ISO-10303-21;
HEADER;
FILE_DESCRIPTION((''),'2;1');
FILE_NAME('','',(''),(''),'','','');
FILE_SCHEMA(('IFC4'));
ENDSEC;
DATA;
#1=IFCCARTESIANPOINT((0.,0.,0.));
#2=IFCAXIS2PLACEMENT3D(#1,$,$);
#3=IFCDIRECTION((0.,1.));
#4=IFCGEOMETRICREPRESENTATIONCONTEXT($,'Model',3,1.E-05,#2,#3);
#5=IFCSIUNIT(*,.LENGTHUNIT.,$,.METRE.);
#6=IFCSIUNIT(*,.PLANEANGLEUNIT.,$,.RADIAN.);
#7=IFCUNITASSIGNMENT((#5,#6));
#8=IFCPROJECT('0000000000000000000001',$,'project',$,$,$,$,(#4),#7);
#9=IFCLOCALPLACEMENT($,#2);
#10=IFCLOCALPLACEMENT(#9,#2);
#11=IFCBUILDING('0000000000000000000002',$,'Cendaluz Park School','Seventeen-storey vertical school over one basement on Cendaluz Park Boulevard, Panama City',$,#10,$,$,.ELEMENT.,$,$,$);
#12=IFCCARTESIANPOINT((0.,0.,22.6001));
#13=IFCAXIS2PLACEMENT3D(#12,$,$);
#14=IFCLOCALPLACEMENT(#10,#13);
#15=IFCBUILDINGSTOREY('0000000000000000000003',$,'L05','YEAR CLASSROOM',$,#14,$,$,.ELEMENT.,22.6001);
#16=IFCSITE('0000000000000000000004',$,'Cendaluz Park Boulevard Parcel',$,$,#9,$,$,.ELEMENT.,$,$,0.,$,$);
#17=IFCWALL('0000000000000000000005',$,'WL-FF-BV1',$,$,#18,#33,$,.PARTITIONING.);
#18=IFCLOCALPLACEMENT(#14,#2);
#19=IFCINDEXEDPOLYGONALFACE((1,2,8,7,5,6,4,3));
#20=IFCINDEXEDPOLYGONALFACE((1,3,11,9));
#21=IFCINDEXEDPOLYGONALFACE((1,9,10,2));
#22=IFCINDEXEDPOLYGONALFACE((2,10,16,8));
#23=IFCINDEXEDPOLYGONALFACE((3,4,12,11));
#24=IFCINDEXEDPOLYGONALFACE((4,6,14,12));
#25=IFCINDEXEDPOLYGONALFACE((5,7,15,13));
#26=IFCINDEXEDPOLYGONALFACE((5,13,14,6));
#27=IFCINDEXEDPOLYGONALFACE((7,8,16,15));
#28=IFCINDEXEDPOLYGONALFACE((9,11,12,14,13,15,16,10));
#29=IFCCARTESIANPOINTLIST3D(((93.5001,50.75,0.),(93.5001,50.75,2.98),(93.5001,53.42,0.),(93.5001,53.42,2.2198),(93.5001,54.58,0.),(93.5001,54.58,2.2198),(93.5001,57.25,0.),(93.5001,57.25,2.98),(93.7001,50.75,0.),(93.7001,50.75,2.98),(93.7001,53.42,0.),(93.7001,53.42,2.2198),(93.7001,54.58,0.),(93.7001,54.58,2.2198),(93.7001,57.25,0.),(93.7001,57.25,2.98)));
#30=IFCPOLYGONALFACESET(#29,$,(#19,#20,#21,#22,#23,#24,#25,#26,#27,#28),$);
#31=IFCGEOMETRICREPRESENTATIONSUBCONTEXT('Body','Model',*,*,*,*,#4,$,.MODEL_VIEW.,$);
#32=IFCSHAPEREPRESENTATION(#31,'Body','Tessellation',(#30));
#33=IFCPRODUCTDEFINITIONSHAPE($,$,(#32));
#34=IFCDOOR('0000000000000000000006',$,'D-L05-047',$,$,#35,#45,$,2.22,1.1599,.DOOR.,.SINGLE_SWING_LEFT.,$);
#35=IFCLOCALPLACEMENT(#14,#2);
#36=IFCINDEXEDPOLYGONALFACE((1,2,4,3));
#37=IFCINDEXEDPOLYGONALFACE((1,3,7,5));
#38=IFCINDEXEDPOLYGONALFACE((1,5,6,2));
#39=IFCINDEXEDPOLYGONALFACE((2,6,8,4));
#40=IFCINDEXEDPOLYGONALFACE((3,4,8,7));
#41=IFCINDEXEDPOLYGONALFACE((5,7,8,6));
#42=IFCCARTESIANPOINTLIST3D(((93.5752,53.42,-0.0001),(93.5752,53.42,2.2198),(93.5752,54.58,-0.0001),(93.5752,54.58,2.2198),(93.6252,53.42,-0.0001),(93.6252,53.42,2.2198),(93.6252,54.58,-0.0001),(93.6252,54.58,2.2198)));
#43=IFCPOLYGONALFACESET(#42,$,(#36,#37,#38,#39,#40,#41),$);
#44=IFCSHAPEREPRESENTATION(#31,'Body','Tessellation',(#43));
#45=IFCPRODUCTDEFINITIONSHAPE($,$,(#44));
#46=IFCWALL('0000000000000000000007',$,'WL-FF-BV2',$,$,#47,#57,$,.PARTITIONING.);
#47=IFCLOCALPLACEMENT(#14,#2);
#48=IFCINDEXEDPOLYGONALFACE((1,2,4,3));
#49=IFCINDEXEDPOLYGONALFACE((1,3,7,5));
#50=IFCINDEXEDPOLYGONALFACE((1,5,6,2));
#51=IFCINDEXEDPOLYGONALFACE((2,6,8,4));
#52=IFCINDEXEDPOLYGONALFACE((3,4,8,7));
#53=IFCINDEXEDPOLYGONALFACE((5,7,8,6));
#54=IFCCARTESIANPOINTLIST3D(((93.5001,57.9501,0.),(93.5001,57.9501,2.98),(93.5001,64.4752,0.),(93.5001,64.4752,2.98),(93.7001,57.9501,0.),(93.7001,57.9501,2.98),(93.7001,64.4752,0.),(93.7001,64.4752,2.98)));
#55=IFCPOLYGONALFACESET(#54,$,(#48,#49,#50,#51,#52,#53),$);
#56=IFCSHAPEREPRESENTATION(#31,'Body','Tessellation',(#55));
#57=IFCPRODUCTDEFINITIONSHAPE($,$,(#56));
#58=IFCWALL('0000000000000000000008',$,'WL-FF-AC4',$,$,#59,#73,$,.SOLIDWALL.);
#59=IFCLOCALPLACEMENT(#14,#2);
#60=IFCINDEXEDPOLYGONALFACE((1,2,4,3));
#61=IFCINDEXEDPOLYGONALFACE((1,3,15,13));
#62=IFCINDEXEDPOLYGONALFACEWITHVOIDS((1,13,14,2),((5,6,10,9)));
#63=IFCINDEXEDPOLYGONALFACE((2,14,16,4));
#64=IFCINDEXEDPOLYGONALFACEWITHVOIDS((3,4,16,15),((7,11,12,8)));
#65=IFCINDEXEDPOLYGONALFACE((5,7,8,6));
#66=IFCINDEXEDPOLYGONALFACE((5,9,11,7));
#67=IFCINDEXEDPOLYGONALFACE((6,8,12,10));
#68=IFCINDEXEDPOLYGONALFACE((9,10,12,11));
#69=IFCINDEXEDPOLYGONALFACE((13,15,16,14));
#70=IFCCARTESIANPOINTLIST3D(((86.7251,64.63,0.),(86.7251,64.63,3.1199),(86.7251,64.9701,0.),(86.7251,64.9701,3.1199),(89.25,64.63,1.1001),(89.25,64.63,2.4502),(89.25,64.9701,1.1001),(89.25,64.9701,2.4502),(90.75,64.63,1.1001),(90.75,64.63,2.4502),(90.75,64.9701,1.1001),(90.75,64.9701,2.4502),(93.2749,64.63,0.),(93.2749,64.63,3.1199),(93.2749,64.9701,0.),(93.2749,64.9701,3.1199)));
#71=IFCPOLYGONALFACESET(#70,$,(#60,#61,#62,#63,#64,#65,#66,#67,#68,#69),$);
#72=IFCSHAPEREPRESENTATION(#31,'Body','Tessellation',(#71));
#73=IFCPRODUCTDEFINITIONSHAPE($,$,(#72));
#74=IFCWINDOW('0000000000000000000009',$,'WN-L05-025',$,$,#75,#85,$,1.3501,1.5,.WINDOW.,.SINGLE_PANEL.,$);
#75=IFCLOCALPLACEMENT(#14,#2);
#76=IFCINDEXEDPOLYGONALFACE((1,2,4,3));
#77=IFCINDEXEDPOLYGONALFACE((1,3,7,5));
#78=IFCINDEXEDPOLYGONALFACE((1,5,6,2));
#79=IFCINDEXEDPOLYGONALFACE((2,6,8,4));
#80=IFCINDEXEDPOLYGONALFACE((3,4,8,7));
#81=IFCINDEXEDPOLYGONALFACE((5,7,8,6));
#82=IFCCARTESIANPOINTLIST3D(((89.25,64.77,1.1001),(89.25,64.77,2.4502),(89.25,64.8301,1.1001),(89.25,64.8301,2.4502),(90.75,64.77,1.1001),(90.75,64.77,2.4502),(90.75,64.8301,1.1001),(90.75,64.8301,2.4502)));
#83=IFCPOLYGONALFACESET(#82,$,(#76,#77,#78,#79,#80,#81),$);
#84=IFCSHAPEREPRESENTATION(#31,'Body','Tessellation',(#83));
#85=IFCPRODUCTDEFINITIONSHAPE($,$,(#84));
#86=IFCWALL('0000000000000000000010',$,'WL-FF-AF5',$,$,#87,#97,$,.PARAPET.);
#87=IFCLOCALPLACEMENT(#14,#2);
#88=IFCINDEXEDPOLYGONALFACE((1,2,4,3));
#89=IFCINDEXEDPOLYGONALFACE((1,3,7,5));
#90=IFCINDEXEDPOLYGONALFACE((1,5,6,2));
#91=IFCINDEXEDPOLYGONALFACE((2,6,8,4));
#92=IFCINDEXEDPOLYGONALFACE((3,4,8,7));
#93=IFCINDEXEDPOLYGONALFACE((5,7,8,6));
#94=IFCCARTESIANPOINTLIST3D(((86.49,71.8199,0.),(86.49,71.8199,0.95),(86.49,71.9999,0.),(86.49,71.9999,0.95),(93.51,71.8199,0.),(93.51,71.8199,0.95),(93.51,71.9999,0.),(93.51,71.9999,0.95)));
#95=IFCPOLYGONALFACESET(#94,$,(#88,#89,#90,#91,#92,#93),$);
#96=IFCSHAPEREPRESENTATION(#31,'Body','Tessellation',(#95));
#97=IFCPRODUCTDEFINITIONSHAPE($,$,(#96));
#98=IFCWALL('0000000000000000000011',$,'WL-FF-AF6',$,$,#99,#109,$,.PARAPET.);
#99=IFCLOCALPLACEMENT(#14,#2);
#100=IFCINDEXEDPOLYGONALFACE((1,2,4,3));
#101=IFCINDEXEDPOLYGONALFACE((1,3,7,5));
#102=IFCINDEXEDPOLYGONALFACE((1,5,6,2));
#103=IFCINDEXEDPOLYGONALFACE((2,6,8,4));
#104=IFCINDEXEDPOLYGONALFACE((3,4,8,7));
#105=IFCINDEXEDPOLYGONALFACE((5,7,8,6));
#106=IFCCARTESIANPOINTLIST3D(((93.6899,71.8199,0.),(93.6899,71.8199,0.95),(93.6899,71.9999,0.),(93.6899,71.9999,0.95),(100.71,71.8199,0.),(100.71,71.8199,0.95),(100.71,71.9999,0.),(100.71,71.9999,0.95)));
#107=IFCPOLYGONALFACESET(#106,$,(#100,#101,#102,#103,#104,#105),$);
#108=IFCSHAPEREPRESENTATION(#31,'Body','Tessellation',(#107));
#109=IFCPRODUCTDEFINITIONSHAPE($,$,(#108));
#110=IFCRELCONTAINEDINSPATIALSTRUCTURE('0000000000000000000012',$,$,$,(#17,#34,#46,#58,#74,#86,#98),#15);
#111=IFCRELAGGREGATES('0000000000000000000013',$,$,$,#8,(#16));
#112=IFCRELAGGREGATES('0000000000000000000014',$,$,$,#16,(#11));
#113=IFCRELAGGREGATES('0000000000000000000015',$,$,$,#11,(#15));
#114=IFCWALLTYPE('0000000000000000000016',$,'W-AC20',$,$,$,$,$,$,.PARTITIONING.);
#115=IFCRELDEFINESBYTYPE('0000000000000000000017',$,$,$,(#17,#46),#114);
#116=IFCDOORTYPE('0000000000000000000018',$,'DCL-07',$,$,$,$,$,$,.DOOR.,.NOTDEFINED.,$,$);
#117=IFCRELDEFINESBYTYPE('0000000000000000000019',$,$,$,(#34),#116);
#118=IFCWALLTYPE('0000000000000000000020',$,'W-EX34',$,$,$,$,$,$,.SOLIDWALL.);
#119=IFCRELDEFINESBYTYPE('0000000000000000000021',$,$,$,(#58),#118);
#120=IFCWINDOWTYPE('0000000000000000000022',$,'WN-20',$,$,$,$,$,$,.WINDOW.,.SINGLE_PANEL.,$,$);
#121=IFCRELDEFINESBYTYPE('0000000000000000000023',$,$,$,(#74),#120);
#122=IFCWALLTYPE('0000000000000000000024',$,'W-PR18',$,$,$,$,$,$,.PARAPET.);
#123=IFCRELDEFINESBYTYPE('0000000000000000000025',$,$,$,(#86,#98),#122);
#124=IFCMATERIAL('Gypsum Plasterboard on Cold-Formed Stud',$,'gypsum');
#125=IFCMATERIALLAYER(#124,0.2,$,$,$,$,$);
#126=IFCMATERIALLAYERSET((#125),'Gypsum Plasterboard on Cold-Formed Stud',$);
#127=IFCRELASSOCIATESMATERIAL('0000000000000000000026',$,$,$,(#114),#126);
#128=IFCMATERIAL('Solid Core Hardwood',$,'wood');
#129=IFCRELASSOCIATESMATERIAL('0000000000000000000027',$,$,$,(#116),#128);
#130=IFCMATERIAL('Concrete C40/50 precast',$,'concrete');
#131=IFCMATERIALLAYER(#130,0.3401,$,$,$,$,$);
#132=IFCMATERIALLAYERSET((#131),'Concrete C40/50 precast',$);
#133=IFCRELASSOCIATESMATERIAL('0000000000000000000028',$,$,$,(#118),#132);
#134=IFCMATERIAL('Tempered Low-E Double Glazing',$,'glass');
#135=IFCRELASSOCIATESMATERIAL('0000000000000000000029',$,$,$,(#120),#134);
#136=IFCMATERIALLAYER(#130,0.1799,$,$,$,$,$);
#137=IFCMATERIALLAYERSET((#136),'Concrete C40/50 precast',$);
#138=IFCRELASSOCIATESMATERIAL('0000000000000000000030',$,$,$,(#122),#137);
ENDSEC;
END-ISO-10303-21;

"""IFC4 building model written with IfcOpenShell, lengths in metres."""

from ifc_helpers import new_model, si_unit, direction, frame, frame_2d, origin, place, context, subcontext, project, spatial, rectangle, extrude, material, layer, layer_set, type_object, element, fill, save


model = new_model("IFC4")

# Units and contexts
model_context = context("Model", 3, precision=1e-05, world=origin(), true_north=direction((0.0, 1.0)))
body_context = subcontext(model_context, "Body", "Model", "MODEL_VIEW")
ifc_project = project(units=[si_unit("LENGTHUNIT", "METRE"), si_unit("PLANEANGLEUNIT", "RADIAN")], contexts=[model_context])

# Site, building, storey
site_placement = place(None, origin())
site = spatial("IfcSite", under=ifc_project, at=site_placement, Name="Cendaluz Park Boulevard Parcel", CompositionType="ELEMENT", RefElevation=0.0)
building_placement = place(site_placement, origin())
building = spatial("IfcBuilding", under=site, at=building_placement, Name="Cendaluz Park School", Description="Seventeen-storey vertical school over one basement on Cendaluz Park Boulevard, Panama City", CompositionType="ELEMENT")
storey_placement = place(building_placement, frame((0.0, 0.0, 22.6001)))
storey = spatial("IfcBuildingStorey", under=building, at=storey_placement, Name="L05", Description="YEAR CLASSROOM", CompositionType="ELEMENT", Elevation=22.6001)

# Shared definitions
ifc_material_1 = material(Name="Gypsum Plasterboard on Cold-Formed Stud", Category="gypsum")
ifc_layer_1 = layer(ifc_material_1, 0.2)
ifc_layer_set_1 = layer_set([ifc_layer_1], Name="Gypsum Plasterboard on Cold-Formed Stud")
wall_type_1 = type_object("IfcWallType", Name="W-AC20", PredefinedType="PARTITIONING", material=ifc_layer_set_1)

# Wall, opening, door
wall_1_placement = place(storey_placement, frame((93.6001, 50.75, 0.0), z_axis=(0.0, 0.0, 1.0), x_axis=(0.0, 1.0, 0.0)))
wall_1 = element("IfcWall", 1, at=wall_1_placement, inside=storey, type_object=wall_type_1, Name="WL-FF-BV1", PredefinedType="PARTITIONING", context=body_context, shape_type="SweptSolid", body=[
    extrude(rectangle(XDim=6.5, YDim=0.2, at=frame_2d((3.25, 0.0))), origin(), (0.0, 0.0, 1.0), 2.98),
])
opening_1_placement = place(wall_1_placement, frame((2.6699, 0.0, 0.0)))
opening_1 = element("IfcOpeningElement", 2, at=opening_1_placement, cuts=wall_1, PredefinedType="OPENING", context=body_context, shape_type="SweptSolid", body=[
    extrude(rectangle(XDim=1.1599, YDim=2.22, at=frame_2d((0.5801, 1.1099))), frame((0.0, 0.1121, 0.0), z_axis=(0.0, -1.0, 0.0), x_axis=(1.0, 0.0, 0.0)), (0.0, 0.0, 1.0), 0.2239),
])
ifc_material_2 = material(Name="Solid Core Hardwood", Category="wood")
door_type = type_object("IfcDoorType", Name="DCL-07", OperationType="NOTDEFINED", PredefinedType="DOOR", material=ifc_material_2)
door_placement = place(opening_1_placement, origin())
door = element("IfcDoor", 3, at=door_placement, inside=storey, type_object=door_type, Name="D-L05-047", OperationType="SINGLE_SWING_LEFT", OverallHeight=2.22, OverallWidth=1.1599, PredefinedType="DOOR", context=body_context, shape_type="SweptSolid", body=[
    extrude(rectangle(XDim=1.1599, YDim=2.22, at=frame_2d((0.5801, 1.1099))), frame((0.0, 0.0249, 0.0), z_axis=(0.0, -1.0, 0.0), x_axis=(1.0, 0.0, 0.0)), (0.0, 0.0, 1.0), 0.05),
])
fill(opening_1, door)

# Wall
wall_2_placement = place(storey_placement, frame((93.6001, 57.95, 0.0), z_axis=(0.0, 0.0, 1.0), x_axis=(0.0, 1.0, 0.0)))
element("IfcWall", 4, at=wall_2_placement, inside=storey, type_object=wall_type_1, Name="WL-FF-BV2", PredefinedType="PARTITIONING", context=body_context, shape_type="SweptSolid", body=[
    extrude(rectangle(XDim=6.5251, YDim=0.2, at=frame_2d((3.2627, 0.0))), origin(), (0.0, 0.0, 1.0), 2.98),
])

# Wall, opening, window
ifc_material_3 = material(Name="Concrete C40/50 precast", Category="concrete")
ifc_layer_2 = layer(ifc_material_3, 0.3401)
ifc_layer_set_2 = layer_set([ifc_layer_2], Name="Concrete C40/50 precast")
wall_type_2 = type_object("IfcWallType", Name="W-EX34", PredefinedType="SOLIDWALL", material=ifc_layer_set_2)
wall_3_placement = place(storey_placement, frame((86.7251, 64.8, 0.0), z_axis=(0.0, 0.0, 1.0), x_axis=(1.0, 0.0, 0.0)))
wall_3 = element("IfcWall", 5, at=wall_3_placement, inside=storey, type_object=wall_type_2, Name="WL-FF-AC4", PredefinedType="SOLIDWALL", context=body_context, shape_type="SweptSolid", body=[
    extrude(rectangle(XDim=6.5498, YDim=0.3401, at=frame_2d((3.2749, 0.0))), origin(), (0.0, 0.0, 1.0), 3.1199),
])
opening_2_placement = place(wall_3_placement, frame((2.5249, 0.0, 1.1001)))
opening_2 = element("IfcOpeningElement", 6, at=opening_2_placement, cuts=wall_3, PredefinedType="OPENING", context=body_context, shape_type="SweptSolid", body=[
    extrude(rectangle(XDim=1.5, YDim=1.3501, at=frame_2d((0.75, 0.675))), frame((0.0, 0.1821, 0.0), z_axis=(0.0, -1.0, 0.0), x_axis=(1.0, 0.0, 0.0)), (0.0, 0.0, 1.0), 0.364),
])
ifc_material_4 = material(Name="Tempered Low-E Double Glazing", Category="glass")
window_type = type_object("IfcWindowType", Name="WN-20", PartitioningType="SINGLE_PANEL", PredefinedType="WINDOW", material=ifc_material_4)
window_placement = place(opening_2_placement, origin())
window = element("IfcWindow", 7, at=window_placement, inside=storey, type_object=window_type, Name="WN-L05-025", OverallHeight=1.3501, OverallWidth=1.5, PartitioningType="SINGLE_PANEL", PredefinedType="WINDOW", context=body_context, shape_type="SweptSolid", body=[
    extrude(rectangle(XDim=1.5, YDim=1.3501, at=frame_2d((0.75, 0.675))), frame((0.0, 0.03, 0.0), z_axis=(0.0, -1.0, 0.0), x_axis=(1.0, 0.0, 0.0)), (0.0, 0.0, 1.0), 0.0601),
])
fill(opening_2, window)

# Walls
ifc_layer_3 = layer(ifc_material_3, 0.1799)
ifc_layer_set_3 = layer_set([ifc_layer_3], Name="Concrete C40/50 precast")
wall_type_3 = type_object("IfcWallType", Name="W-PR18", PredefinedType="PARAPET", material=ifc_layer_set_3)
for number, where, z_axis, x_axis, name in (
    (8, (86.49, 71.9099, 0.0), (0.0, 0.0, 1.0), (1.0, 0.0, 0.0), "WL-FF-AF5"),
    (9, (93.6899, 71.9099, 0.0), (0.0, 0.0, 1.0), (1.0, 0.0, 0.0), "WL-FF-AF6"),
):
    element("IfcWall", number, at=place(storey_placement, frame(where, z_axis=z_axis, x_axis=x_axis)), inside=storey, type_object=wall_type_3, Name=name, PredefinedType="PARAPET", context=body_context, shape_type="SweptSolid", body=[
        extrude(rectangle(XDim=7.02, YDim=0.1799, at=frame_2d((3.51, 0.0))), origin(), (0.0, 0.0, 1.0), 0.95),
    ])

save(model, "model.ifc")
